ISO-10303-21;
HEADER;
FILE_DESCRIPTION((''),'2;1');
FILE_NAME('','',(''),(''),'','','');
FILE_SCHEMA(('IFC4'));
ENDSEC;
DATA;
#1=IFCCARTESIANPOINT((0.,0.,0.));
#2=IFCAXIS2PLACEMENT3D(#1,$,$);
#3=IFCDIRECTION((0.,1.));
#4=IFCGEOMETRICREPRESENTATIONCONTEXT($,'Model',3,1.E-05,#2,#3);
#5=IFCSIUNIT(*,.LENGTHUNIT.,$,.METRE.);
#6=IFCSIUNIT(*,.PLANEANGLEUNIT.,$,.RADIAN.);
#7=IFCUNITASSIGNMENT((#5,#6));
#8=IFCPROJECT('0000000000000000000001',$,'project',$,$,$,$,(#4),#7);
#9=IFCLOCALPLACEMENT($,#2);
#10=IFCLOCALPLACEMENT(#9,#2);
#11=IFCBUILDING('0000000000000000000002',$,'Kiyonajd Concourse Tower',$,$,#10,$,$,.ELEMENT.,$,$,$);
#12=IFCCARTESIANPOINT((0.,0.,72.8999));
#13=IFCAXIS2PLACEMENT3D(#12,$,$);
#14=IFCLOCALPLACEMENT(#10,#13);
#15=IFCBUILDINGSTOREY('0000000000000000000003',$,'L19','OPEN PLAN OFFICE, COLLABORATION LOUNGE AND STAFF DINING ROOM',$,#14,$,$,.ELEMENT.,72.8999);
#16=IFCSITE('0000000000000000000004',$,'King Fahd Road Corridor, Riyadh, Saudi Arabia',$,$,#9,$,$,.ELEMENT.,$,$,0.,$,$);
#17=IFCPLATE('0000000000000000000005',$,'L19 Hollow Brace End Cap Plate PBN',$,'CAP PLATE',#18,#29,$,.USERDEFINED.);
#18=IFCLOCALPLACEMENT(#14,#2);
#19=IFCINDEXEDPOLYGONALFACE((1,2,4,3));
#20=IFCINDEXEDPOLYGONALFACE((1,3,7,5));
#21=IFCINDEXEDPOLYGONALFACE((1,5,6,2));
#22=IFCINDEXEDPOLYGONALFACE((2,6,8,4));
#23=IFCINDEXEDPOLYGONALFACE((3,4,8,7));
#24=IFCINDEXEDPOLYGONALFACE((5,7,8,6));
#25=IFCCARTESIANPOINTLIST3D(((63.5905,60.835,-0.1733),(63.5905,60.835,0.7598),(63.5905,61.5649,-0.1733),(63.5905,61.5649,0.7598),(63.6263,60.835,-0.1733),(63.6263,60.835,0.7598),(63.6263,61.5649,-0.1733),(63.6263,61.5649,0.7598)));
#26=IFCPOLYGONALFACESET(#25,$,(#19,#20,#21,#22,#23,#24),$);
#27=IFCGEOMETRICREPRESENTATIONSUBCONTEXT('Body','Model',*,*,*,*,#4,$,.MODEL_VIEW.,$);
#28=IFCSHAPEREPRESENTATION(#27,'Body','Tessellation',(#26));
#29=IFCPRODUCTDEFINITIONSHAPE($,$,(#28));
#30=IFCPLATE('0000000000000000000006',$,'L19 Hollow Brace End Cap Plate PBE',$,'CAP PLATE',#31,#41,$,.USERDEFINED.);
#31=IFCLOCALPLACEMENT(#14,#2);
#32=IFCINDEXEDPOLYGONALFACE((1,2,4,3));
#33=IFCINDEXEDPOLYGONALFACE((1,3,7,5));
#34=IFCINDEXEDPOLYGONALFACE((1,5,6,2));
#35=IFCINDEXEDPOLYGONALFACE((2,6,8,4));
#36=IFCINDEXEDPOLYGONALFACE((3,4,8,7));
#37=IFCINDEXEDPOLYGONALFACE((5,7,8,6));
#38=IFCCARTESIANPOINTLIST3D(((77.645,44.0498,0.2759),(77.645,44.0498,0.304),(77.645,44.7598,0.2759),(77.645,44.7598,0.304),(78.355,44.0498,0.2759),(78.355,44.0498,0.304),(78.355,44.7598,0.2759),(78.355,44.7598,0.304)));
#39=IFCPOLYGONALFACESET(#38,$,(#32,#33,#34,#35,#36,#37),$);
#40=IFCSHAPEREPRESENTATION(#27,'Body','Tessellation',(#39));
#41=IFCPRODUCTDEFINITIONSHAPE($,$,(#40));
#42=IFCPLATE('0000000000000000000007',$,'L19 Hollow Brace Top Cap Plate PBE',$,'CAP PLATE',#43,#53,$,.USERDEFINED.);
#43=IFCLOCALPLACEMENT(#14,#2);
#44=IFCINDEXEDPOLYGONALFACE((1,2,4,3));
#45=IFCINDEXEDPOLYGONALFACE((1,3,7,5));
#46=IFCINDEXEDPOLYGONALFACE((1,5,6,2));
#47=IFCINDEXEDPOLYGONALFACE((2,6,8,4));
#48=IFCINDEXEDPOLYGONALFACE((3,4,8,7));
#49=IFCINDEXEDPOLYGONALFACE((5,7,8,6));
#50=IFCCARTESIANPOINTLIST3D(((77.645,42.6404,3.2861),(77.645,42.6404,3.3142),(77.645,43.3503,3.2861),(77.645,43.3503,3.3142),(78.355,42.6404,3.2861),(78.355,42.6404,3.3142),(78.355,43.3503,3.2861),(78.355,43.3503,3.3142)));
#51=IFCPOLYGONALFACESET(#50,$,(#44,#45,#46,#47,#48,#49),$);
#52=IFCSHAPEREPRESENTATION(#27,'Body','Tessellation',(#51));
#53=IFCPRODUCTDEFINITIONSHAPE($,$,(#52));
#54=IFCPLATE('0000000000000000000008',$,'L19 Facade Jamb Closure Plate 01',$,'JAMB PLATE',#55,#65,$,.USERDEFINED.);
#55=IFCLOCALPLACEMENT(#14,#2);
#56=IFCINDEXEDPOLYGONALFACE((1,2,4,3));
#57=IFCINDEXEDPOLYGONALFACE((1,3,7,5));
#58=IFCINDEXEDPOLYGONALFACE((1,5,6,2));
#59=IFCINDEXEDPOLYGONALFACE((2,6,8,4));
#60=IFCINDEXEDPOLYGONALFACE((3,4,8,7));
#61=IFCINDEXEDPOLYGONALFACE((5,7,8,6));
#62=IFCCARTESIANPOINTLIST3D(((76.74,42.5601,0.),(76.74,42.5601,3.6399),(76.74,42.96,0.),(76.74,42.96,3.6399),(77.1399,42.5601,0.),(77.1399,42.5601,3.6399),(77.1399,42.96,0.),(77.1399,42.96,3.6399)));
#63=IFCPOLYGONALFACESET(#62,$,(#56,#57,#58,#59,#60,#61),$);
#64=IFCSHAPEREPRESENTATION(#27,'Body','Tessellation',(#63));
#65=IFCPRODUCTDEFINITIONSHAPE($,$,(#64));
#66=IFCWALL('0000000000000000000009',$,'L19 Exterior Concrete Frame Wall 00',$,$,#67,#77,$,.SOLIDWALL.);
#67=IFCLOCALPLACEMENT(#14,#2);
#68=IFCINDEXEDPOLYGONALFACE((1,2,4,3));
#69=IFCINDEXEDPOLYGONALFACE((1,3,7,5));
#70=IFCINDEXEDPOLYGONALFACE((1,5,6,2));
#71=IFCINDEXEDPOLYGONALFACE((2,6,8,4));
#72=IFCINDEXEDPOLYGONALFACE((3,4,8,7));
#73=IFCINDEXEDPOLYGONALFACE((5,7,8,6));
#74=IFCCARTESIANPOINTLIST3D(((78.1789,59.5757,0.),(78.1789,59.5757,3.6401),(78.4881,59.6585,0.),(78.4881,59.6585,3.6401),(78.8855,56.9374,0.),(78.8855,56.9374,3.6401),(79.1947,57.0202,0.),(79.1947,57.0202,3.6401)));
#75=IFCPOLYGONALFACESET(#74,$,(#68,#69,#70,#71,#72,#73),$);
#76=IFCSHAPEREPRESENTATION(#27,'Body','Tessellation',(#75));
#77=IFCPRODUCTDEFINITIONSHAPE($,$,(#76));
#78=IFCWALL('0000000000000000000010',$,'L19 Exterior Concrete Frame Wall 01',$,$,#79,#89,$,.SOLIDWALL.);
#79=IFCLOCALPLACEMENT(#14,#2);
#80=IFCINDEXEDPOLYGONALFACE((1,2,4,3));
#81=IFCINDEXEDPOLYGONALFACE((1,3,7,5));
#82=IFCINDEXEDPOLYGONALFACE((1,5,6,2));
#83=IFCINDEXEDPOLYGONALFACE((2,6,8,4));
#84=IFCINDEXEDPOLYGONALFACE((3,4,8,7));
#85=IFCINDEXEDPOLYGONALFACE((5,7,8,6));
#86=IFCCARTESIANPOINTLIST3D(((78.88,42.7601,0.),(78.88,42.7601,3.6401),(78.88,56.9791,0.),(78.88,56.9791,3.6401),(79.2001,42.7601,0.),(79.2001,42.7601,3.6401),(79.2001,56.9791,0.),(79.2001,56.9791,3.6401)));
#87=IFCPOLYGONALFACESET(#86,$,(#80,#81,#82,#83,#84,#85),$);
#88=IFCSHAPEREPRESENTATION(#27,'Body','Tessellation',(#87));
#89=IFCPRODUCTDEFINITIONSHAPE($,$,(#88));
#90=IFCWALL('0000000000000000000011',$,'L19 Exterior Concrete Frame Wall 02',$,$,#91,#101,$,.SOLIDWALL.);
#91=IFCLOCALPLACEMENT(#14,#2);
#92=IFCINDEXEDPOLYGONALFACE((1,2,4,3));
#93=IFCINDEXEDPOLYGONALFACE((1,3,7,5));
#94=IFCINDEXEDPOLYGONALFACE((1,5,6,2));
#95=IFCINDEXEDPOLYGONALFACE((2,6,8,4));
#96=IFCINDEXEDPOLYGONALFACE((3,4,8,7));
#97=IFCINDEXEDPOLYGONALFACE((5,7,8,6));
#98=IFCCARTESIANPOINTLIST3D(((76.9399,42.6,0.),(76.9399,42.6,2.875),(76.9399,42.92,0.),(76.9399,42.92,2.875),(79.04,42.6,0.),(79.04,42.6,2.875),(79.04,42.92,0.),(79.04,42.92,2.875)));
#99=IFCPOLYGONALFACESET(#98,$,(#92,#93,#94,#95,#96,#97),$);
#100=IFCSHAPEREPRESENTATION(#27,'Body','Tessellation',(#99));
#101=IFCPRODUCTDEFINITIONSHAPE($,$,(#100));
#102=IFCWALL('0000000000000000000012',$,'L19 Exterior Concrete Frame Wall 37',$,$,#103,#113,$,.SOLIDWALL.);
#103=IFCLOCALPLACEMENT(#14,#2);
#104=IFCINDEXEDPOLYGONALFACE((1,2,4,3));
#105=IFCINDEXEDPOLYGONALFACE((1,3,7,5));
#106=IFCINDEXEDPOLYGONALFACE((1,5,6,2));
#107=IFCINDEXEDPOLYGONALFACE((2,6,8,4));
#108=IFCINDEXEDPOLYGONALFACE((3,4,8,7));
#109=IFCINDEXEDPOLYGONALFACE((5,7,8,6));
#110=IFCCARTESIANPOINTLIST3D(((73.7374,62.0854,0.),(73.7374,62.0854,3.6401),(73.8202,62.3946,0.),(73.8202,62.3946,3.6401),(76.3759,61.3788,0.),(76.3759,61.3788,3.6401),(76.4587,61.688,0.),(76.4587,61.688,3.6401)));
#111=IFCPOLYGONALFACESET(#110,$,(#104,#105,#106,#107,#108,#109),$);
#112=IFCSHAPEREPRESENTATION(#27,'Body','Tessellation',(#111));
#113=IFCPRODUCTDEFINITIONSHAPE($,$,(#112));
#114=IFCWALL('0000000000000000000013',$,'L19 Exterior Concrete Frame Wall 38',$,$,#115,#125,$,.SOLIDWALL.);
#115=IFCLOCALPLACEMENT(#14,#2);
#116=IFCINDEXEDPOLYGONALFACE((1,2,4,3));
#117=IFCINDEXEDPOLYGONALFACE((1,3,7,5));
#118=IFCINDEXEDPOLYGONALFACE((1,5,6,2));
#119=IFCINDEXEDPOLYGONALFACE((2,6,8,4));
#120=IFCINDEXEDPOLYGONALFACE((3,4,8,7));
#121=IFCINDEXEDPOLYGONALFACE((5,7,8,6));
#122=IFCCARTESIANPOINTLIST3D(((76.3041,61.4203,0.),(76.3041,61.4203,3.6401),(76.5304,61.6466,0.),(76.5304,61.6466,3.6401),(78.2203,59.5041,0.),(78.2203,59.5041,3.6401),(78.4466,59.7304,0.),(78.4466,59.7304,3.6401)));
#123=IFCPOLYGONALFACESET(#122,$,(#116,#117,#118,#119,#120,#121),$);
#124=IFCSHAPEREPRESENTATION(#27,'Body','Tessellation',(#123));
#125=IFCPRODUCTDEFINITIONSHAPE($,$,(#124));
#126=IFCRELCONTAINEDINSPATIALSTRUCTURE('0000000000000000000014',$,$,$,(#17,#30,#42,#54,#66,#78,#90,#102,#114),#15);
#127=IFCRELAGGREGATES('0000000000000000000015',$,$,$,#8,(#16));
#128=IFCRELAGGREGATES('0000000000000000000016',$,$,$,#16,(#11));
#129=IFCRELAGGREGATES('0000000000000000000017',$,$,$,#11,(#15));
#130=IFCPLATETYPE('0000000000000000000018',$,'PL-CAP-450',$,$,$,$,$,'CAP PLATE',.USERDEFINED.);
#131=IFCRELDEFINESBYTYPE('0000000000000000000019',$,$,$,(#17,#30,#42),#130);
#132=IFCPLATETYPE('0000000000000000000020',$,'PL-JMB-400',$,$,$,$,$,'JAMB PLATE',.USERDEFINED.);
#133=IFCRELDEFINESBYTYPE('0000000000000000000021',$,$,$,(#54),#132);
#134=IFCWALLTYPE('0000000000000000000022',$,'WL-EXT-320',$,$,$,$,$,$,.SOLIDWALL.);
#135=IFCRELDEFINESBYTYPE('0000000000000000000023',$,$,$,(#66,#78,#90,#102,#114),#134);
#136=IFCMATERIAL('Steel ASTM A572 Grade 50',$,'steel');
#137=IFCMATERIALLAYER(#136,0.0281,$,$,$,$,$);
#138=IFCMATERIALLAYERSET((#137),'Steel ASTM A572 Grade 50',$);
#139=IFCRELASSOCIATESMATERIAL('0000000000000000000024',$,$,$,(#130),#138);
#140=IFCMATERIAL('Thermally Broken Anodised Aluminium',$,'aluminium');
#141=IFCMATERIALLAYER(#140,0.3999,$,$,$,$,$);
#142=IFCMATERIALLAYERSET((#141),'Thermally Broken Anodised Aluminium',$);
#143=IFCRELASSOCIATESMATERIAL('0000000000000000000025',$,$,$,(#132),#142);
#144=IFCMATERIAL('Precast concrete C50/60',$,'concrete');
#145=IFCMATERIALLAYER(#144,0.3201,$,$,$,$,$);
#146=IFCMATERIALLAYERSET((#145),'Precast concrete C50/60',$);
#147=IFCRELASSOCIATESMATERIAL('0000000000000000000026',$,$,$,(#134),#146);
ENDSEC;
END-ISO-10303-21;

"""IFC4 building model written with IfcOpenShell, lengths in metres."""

from ifc_helpers import new_model, si_unit, direction, frame, frame_2d, origin, origin_2d, place, context, subcontext, project, spatial, rectangle, extrude, material, layer, layer_set, type_object, element, save


model = new_model("IFC4")

# Units and contexts
model_context = context("Model", 3, precision=1e-05, world=origin(), true_north=direction((0.0, 1.0)))
body_context = subcontext(model_context, "Body", "Model", "MODEL_VIEW")
ifc_project = project(units=[si_unit("LENGTHUNIT", "METRE"), si_unit("PLANEANGLEUNIT", "RADIAN")], contexts=[model_context])

# Site, building, storey
site_placement = place(None, origin())
site = spatial("IfcSite", under=ifc_project, at=site_placement, Name="King Fahd Road Corridor, Riyadh, Saudi Arabia", CompositionType="ELEMENT", RefElevation=0.0)
building_placement = place(site_placement, origin())
building = spatial("IfcBuilding", under=site, at=building_placement, Name="Kiyonajd Concourse Tower", CompositionType="ELEMENT")
storey_placement = place(building_placement, frame((0.0, 0.0, 72.8999)))
storey = spatial("IfcBuildingStorey", under=building, at=storey_placement, Name="L19", Description="OPEN PLAN OFFICE, COLLABORATION LOUNGE AND STAFF DINING ROOM", CompositionType="ELEMENT", Elevation=72.8999)

# Shared definitions
ifc_material_1 = material(Name="Precast concrete C50/60", Category="concrete")

# Shared definitions
ifc_material_2 = material(Name="Steel ASTM A572 Grade 50", Category="steel")

# Plates
ifc_layer_1 = layer(ifc_material_2, 0.0281)
ifc_layer_set_1 = layer_set([ifc_layer_1], Name="Steel ASTM A572 Grade 50")
plate_type_1 = type_object("IfcPlateType", Name="PL-CAP-450", ElementType="CAP PLATE", PredefinedType="USERDEFINED", material=ifc_layer_set_1)
plate_1_placement = place(storey_placement, frame((63.6084, 61.2, -0.1733), z_axis=(0.0, 0.0, 1.0), x_axis=(1.0, 0.0, 0.0)))
element("IfcPlate", 1, at=plate_1_placement, inside=storey, type_object=plate_type_1, Name="L19 Hollow Brace End Cap Plate PBN", ObjectType="CAP PLATE", PredefinedType="USERDEFINED", context=body_context, shape_type="SweptSolid", body=[
    extrude(rectangle(XDim=0.0359, YDim=0.73, at=origin_2d()), origin(), (0.0, 0.0, 1.0), 0.9331),
])
for number, where, z_axis, x_axis, name in (
    (2, (78.0, 44.4048, 0.2759), (0.0, 0.0, 1.0), (1.0, 0.0, 0.0), "L19 Hollow Brace End Cap Plate PBE"),
    (3, (78.0, 42.9954, 3.2861), (0.0, 0.0, 1.0), (1.0, 0.0, 0.0), "L19 Hollow Brace Top Cap Plate PBE"),
):
    element("IfcPlate", number, at=place(storey_placement, frame(where, z_axis=z_axis, x_axis=x_axis)), inside=storey, type_object=plate_type_1, Name=name, ObjectType="CAP PLATE", PredefinedType="USERDEFINED", context=body_context, shape_type="SweptSolid", body=[
        extrude(rectangle(XDim=0.71, YDim=0.71, at=origin_2d()), origin(), (0.0, 0.0, 1.0), 0.0281),
    ])
ifc_material_3 = material(Name="Thermally Broken Anodised Aluminium", Category="aluminium")
ifc_layer_2 = layer(ifc_material_3, 0.3999)
ifc_layer_set_2 = layer_set([ifc_layer_2], Name="Thermally Broken Anodised Aluminium")
plate_type_2 = type_object("IfcPlateType", Name="PL-JMB-400", ElementType="JAMB PLATE", PredefinedType="USERDEFINED", material=ifc_layer_set_2)
plate_2_placement = place(storey_placement, frame((76.9399, 42.76, 0.0), z_axis=(0.0, 0.0, 1.0), x_axis=(1.0, 0.0, 0.0)))
element("IfcPlate", 4, at=plate_2_placement, inside=storey, type_object=plate_type_2, Name="L19 Facade Jamb Closure Plate 01", ObjectType="JAMB PLATE", PredefinedType="USERDEFINED", context=body_context, shape_type="SweptSolid", body=[
    extrude(rectangle(XDim=0.3999, YDim=0.3999, at=origin_2d()), origin(), (0.0, 0.0, 1.0), 3.6399),
])

# Walls
ifc_layer_3 = layer(ifc_material_1, 0.3201)
ifc_layer_set_3 = layer_set([ifc_layer_3], Name="Precast concrete C50/60")
wall_type = type_object("IfcWallType", Name="WL-EXT-320", PredefinedType="SOLIDWALL", material=ifc_layer_set_3)
wall_1_placement = place(storey_placement, frame((78.3335, 59.6172, 0.0), z_axis=(0.0, 0.0, 1.0), x_axis=(0.258697, -0.965958, 0.0)))
element("IfcWall", 5, at=wall_1_placement, inside=storey, type_object=wall_type, Name="L19 Exterior Concrete Frame Wall 00", PredefinedType="SOLIDWALL", context=body_context, shape_type="SweptSolid", body=[
    extrude(rectangle(XDim=2.7312, YDim=0.3201, at=frame_2d((1.3657, 0.0))), origin(), (0.0, 0.0, 1.0), 3.6401),
])
wall_2_placement = place(storey_placement, frame((79.04, 56.979, 0.0), z_axis=(0.0, 0.0, 1.0), x_axis=(0.0, -1.0, 0.0)))
element("IfcWall", 6, at=wall_2_placement, inside=storey, type_object=wall_type, Name="L19 Exterior Concrete Frame Wall 01", PredefinedType="SOLIDWALL", context=body_context, shape_type="SweptSolid", body=[
    extrude(rectangle(XDim=14.219, YDim=0.3201, at=frame_2d((7.1094, 0.0))), origin(), (0.0, 0.0, 1.0), 3.6401),
])
wall_3_placement = place(storey_placement, frame((79.04, 42.76, 0.0), z_axis=(0.0, 0.0, 1.0), x_axis=(-1.0, 0.0, 0.0)))
element("IfcWall", 7, at=wall_3_placement, inside=storey, type_object=wall_type, Name="L19 Exterior Concrete Frame Wall 02", PredefinedType="SOLIDWALL", context=body_context, shape_type="SweptSolid", body=[
    extrude(rectangle(XDim=2.1001, YDim=0.3201, at=frame_2d((1.05, 0.0))), origin(), (0.0, 0.0, 1.0), 2.875),
])
wall_4_placement = place(storey_placement, frame((73.7788, 62.24, 0.0), z_axis=(0.0, 0.0, 1.0), x_axis=(0.965964, -0.258675, 0.0)))
element("IfcWall", 8, at=wall_4_placement, inside=storey, type_object=wall_type, Name="L19 Exterior Concrete Frame Wall 37", PredefinedType="SOLIDWALL", context=body_context, shape_type="SweptSolid", body=[
    extrude(rectangle(XDim=2.7314, YDim=0.3201, at=frame_2d((1.3657, 0.0))), origin(), (0.0, 0.0, 1.0), 3.6401),
])
wall_5_placement = place(storey_placement, frame((76.4172, 61.5334, 0.0), z_axis=(0.0, 0.0, 1.0), x_axis=(0.707107, -0.707107, 0.0)))
element("IfcWall", 9, at=wall_5_placement, inside=storey, type_object=wall_type, Name="L19 Exterior Concrete Frame Wall 38", PredefinedType="SOLIDWALL", context=body_context, shape_type="SweptSolid", body=[
    extrude(rectangle(XDim=2.71, YDim=0.3201, at=frame_2d((1.355, 0.0))), origin(), (0.0, 0.0, 1.0), 3.6401),
])

save(model, "model.ifc")
